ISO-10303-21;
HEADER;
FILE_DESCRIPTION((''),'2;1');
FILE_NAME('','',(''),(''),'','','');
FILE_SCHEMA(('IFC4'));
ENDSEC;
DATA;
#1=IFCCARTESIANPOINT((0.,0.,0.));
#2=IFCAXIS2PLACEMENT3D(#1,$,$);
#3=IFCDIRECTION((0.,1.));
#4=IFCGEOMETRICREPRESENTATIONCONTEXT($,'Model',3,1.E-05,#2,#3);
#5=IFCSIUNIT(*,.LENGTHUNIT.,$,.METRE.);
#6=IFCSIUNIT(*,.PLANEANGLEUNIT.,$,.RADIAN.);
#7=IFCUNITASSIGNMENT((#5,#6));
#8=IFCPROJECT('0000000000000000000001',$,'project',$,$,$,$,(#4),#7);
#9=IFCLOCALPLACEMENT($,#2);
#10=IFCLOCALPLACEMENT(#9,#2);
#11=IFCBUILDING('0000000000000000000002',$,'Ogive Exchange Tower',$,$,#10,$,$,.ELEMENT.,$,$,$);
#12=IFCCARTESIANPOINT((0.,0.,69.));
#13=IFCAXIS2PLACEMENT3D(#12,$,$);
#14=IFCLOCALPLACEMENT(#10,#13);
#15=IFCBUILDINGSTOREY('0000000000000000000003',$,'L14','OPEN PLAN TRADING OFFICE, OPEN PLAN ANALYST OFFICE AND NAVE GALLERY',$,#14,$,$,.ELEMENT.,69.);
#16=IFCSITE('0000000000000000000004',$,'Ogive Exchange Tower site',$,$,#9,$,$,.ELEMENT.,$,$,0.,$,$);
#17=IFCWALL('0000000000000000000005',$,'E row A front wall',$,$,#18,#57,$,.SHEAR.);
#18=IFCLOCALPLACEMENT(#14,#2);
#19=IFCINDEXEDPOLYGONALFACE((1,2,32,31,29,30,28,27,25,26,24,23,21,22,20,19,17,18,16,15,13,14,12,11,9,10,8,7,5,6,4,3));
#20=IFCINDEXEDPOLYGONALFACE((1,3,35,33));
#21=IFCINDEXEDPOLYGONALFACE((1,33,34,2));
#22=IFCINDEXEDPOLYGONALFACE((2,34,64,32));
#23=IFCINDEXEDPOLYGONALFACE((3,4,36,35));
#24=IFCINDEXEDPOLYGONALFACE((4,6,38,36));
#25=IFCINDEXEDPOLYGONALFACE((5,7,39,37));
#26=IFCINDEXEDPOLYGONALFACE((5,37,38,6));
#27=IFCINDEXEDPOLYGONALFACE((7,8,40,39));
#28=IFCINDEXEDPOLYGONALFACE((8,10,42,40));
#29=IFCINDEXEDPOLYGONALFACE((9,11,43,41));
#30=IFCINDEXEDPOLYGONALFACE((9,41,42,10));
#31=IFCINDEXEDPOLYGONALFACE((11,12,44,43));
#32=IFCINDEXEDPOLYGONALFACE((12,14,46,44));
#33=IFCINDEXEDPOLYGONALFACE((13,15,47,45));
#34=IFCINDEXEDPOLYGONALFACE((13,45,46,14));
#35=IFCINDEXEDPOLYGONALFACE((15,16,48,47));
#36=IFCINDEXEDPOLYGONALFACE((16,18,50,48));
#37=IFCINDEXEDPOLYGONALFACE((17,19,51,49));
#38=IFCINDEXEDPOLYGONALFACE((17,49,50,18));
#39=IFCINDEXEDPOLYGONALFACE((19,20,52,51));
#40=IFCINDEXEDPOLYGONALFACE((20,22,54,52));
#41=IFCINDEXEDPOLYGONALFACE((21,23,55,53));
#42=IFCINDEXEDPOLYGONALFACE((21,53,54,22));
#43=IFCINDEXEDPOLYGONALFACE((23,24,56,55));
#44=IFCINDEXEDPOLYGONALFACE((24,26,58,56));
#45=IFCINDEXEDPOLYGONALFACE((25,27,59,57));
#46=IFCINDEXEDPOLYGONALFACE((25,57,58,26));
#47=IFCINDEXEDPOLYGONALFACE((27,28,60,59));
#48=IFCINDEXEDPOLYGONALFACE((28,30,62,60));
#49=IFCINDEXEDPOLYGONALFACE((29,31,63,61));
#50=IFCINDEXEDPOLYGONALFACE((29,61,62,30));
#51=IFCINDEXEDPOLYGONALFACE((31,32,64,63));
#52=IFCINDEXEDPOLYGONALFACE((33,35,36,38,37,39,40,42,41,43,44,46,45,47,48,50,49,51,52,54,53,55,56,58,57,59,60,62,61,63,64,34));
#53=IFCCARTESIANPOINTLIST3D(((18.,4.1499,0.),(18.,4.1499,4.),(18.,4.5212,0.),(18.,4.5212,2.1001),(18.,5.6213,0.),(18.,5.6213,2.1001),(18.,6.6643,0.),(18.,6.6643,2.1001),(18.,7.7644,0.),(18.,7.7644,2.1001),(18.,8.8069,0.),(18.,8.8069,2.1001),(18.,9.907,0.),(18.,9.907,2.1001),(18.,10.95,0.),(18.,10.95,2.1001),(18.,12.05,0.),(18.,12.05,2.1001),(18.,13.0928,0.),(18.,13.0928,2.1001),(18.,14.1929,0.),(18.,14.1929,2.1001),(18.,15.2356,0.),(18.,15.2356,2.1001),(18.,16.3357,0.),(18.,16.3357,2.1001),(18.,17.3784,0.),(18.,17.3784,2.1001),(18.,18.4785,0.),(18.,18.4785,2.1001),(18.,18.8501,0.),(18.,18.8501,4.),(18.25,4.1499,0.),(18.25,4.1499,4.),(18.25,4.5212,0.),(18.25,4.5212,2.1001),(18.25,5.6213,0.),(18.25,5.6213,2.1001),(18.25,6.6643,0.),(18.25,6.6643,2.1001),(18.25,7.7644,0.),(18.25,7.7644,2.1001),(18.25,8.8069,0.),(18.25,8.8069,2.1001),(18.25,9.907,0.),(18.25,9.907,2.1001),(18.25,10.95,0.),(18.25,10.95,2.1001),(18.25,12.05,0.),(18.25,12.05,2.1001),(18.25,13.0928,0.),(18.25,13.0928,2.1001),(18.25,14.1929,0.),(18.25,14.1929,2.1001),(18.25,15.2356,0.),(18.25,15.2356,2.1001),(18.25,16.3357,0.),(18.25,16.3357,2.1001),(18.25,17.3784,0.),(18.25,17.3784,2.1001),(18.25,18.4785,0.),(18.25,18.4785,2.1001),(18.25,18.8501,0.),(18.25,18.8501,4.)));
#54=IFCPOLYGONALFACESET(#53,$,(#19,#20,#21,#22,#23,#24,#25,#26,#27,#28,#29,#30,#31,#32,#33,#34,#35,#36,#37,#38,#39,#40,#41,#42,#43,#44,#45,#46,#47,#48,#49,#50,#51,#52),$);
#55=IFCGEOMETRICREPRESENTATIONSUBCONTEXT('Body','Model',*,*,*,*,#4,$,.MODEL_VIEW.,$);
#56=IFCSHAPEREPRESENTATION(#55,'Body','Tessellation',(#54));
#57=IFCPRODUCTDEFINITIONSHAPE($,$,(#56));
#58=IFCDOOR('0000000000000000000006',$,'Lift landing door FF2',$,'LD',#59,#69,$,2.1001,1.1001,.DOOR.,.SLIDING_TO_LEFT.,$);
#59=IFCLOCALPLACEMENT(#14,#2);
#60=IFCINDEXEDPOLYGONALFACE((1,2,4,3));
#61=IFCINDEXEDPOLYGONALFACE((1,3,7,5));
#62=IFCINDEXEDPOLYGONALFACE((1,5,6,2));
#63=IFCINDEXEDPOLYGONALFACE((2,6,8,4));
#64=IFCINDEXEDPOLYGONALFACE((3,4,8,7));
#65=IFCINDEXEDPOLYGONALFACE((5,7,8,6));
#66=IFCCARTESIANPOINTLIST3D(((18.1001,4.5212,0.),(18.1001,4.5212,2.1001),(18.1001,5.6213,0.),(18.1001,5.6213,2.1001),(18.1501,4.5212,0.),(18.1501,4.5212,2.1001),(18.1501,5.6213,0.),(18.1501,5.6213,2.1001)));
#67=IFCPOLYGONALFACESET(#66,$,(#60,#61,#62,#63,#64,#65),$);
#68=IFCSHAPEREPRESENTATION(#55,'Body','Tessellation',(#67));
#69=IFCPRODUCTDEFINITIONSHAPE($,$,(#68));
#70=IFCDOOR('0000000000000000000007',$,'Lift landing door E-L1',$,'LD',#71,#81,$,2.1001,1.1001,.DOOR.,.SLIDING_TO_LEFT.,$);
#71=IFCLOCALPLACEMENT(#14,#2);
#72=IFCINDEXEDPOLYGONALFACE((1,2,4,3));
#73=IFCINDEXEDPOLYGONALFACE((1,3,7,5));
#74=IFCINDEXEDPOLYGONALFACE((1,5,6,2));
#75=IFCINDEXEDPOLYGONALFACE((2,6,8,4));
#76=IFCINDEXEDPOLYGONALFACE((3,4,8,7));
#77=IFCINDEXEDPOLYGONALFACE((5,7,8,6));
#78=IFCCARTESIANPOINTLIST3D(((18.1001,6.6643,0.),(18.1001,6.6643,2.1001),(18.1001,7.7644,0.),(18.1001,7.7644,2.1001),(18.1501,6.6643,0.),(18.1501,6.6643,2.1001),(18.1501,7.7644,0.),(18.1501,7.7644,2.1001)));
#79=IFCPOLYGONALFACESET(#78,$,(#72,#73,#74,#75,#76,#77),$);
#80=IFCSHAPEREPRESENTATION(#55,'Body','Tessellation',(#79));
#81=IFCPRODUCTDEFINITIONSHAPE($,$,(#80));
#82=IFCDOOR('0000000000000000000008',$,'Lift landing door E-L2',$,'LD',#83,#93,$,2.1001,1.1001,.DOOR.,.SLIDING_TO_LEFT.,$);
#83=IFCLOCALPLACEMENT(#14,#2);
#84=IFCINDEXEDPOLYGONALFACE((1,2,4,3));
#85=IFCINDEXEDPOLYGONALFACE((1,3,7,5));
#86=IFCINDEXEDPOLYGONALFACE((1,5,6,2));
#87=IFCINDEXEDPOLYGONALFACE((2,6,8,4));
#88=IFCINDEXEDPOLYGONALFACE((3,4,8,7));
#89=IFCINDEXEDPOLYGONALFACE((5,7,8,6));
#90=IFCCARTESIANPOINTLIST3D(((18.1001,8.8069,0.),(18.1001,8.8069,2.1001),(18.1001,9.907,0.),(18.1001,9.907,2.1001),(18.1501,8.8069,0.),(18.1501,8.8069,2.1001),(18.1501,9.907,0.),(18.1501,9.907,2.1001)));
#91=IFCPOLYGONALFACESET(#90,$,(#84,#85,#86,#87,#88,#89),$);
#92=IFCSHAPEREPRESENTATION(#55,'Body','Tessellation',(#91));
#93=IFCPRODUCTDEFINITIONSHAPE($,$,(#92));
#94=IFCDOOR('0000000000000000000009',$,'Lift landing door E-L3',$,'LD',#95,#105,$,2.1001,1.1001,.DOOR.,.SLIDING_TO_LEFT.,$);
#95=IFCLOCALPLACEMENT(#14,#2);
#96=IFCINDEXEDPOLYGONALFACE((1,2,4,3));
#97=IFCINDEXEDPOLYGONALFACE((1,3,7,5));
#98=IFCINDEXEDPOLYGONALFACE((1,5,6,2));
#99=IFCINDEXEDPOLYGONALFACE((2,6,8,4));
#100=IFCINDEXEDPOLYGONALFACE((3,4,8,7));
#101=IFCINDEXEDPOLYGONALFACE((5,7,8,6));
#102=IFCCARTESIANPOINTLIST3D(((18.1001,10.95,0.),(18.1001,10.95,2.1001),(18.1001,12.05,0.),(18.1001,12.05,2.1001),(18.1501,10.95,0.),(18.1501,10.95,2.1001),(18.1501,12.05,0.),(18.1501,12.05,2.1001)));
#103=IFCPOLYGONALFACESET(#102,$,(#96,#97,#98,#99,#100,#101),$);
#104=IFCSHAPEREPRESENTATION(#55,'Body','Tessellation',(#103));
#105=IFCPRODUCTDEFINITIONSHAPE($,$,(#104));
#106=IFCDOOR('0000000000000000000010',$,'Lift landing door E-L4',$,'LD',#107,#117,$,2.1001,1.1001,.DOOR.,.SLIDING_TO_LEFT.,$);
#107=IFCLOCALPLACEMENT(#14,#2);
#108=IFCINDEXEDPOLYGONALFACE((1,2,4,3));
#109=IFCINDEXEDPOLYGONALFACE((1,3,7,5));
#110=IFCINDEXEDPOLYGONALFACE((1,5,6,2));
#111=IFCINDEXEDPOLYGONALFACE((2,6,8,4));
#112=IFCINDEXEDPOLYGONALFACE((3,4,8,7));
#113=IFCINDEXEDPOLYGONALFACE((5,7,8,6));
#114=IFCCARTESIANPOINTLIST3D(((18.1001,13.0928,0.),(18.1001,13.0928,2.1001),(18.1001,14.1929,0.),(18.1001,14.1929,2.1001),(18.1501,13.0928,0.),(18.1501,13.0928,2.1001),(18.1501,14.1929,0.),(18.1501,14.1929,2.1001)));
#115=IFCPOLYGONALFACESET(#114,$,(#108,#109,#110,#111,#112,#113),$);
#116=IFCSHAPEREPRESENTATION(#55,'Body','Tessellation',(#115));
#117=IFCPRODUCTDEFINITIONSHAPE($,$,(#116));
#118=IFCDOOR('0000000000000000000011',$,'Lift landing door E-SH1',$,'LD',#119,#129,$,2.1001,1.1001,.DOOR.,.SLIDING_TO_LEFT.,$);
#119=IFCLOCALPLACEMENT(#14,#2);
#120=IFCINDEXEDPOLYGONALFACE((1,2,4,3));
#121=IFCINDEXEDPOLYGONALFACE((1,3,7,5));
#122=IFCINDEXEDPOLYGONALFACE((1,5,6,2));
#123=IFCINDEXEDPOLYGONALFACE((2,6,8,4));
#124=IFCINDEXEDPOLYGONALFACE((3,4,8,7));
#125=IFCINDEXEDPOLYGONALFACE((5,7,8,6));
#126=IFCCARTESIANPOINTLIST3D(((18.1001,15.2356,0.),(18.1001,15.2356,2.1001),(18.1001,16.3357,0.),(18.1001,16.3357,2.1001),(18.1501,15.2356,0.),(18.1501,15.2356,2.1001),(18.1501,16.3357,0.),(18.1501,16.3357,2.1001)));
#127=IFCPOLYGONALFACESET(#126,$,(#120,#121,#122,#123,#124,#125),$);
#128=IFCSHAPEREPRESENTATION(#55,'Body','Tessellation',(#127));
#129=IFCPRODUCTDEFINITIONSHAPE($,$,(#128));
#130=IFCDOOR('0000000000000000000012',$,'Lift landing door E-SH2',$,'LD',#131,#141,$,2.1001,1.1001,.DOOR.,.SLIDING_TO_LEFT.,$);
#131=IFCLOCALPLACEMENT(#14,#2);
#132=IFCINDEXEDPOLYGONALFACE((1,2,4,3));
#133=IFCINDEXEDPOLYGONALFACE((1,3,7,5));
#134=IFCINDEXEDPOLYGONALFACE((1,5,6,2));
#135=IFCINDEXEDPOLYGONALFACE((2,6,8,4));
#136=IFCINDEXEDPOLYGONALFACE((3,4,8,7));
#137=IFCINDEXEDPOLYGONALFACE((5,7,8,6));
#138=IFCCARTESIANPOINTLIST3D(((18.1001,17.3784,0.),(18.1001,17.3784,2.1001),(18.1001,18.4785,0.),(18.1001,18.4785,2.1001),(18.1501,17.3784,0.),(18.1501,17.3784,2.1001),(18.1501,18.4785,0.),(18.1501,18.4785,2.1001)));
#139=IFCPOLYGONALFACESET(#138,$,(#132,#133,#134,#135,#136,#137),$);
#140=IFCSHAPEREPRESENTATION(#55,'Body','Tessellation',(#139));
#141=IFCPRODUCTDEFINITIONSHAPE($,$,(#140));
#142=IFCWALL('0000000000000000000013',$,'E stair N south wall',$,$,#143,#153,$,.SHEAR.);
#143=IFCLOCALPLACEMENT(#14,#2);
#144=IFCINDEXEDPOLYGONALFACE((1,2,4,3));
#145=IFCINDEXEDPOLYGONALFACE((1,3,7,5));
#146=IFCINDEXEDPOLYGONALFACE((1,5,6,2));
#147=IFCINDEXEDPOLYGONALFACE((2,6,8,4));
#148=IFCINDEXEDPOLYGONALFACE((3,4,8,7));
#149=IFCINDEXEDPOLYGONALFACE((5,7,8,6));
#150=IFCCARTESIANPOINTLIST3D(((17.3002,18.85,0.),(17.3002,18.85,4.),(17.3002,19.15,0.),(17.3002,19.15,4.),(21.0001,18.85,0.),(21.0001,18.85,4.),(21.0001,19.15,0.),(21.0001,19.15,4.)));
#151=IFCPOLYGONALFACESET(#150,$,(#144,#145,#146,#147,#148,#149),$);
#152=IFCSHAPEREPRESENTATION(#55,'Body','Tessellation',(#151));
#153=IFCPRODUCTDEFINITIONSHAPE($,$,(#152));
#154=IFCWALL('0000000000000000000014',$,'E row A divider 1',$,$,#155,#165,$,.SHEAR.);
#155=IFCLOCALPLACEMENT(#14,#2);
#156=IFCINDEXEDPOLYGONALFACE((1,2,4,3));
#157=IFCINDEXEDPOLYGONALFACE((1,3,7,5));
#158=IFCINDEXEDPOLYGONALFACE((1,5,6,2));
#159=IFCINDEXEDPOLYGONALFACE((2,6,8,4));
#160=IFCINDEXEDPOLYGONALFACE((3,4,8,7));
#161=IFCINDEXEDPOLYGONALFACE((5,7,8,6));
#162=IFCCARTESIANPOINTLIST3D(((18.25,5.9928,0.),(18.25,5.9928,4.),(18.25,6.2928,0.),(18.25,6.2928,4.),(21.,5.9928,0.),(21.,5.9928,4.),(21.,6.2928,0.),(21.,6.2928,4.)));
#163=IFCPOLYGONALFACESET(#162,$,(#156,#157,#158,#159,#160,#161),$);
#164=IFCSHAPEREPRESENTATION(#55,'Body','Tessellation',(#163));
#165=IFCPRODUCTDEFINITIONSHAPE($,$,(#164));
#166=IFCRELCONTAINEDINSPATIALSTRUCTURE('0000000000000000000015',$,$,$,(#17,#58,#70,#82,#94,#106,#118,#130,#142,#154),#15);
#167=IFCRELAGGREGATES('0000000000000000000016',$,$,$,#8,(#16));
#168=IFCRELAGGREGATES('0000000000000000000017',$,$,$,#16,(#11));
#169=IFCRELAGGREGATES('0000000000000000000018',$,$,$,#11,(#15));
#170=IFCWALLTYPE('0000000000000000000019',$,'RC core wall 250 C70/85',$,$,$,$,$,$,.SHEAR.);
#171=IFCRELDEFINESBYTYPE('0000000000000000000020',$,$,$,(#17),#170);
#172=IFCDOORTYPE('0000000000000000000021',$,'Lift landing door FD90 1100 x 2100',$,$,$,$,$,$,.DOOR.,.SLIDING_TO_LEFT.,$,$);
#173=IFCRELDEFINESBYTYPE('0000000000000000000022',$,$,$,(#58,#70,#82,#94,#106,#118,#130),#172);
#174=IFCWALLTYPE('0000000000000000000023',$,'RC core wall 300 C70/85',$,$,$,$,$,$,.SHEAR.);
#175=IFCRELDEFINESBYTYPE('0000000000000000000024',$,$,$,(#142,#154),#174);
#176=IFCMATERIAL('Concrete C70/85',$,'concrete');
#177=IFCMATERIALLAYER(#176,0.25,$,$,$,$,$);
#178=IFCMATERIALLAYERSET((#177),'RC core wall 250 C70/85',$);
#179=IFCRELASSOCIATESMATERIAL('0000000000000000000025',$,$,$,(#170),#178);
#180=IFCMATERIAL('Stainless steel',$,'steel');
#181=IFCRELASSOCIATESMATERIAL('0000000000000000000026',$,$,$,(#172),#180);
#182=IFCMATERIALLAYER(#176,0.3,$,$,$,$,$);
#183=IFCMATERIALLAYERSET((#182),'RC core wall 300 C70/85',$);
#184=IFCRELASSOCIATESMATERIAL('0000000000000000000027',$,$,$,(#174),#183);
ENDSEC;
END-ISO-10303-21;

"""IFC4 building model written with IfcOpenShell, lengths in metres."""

from ifc_helpers import new_model, si_unit, direction, frame, frame_2d, origin, place, context, subcontext, project, spatial, rectangle, extrude, material, layer, layer_set, type_object, element, fill, save


model = new_model("IFC4")

# Units and contexts
model_context = context("Model", 3, precision=1e-05, world=origin(), true_north=direction((0.0, 1.0)))
body_context = subcontext(model_context, "Body", "Model", "MODEL_VIEW")
ifc_project = project(units=[si_unit("LENGTHUNIT", "METRE"), si_unit("PLANEANGLEUNIT", "RADIAN")], contexts=[model_context])

# Site, building, storey
site_placement = place(None, origin())
site = spatial("IfcSite", under=ifc_project, at=site_placement, Name="Ogive Exchange Tower site", CompositionType="ELEMENT", RefElevation=0.0)
building_placement = place(site_placement, origin())
building = spatial("IfcBuilding", under=site, at=building_placement, Name="Ogive Exchange Tower", CompositionType="ELEMENT")
storey_placement = place(building_placement, frame((0.0, 0.0, 69.0)))
storey = spatial("IfcBuildingStorey", under=building, at=storey_placement, Name="L14", Description="OPEN PLAN TRADING OFFICE, OPEN PLAN ANALYST OFFICE AND NAVE GALLERY", CompositionType="ELEMENT", Elevation=69.0)

# Shared definitions
ifc_material_1 = material(Name="Concrete C70/85", Category="concrete")
ifc_layer_1 = layer(ifc_material_1, 0.25)
ifc_layer_set_1 = layer_set([ifc_layer_1], Name="RC core wall 250 C70/85")
wall_type_1 = type_object("IfcWallType", Name="RC core wall 250 C70/85", PredefinedType="SHEAR", material=ifc_layer_set_1)

# Wall, openings, doors
wall_1_placement = place(storey_placement, frame((18.125, 4.1499, 0.0), z_axis=(0.0, 0.0, 1.0), x_axis=(0.0, 1.0, 0.0)))
wall_1 = element("IfcWall", 1, at=wall_1_placement, inside=storey, type_object=wall_type_1, Name="E row A front wall", PredefinedType="SHEAR", context=body_context, shape_type="SweptSolid", body=[
    extrude(rectangle(XDim=14.7002, YDim=0.25, at=frame_2d((7.3501, 0.0))), origin(), (0.0, 0.0, 1.0), 4.0),
])
opening_1_placement = place(wall_1_placement, frame((0.3713, 0.0, 0.0)))
opening_1 = element("IfcOpeningElement", 2, at=opening_1_placement, cuts=wall_1, PredefinedType="OPENING", context=body_context, shape_type="SweptSolid", body=[
    extrude(rectangle(XDim=1.1001, YDim=2.1001, at=frame_2d((0.55, 1.05))), frame((0.0, 0.135, 0.0), z_axis=(0.0, -1.0, 0.0), x_axis=(1.0, 0.0, 0.0)), (0.0, 0.0, 1.0), 0.27),
])
opening_2_placement = place(wall_1_placement, frame((2.5144, 0.0, 0.0)))
opening_2 = element("IfcOpeningElement", 3, at=opening_2_placement, cuts=wall_1, PredefinedType="OPENING", context=body_context, shape_type="SweptSolid", body=[
    extrude(rectangle(XDim=1.1001, YDim=2.1001, at=frame_2d((0.55, 1.05))), frame((0.0, 0.135, 0.0), z_axis=(0.0, -1.0, 0.0), x_axis=(1.0, 0.0, 0.0)), (0.0, 0.0, 1.0), 0.27),
])
opening_3_placement = place(wall_1_placement, frame((4.657, 0.0, 0.0)))
opening_3 = element("IfcOpeningElement", 4, at=opening_3_placement, cuts=wall_1, PredefinedType="OPENING", context=body_context, shape_type="SweptSolid", body=[
    extrude(rectangle(XDim=1.1001, YDim=2.1001, at=frame_2d((0.55, 1.05))), frame((0.0, 0.135, 0.0), z_axis=(0.0, -1.0, 0.0), x_axis=(1.0, 0.0, 0.0)), (0.0, 0.0, 1.0), 0.27),
])
opening_4_placement = place(wall_1_placement, frame((6.8, 0.0, 0.0)))
opening_4 = element("IfcOpeningElement", 5, at=opening_4_placement, cuts=wall_1, PredefinedType="OPENING", context=body_context, shape_type="SweptSolid", body=[
    extrude(rectangle(XDim=1.1001, YDim=2.1001, at=frame_2d((0.55, 1.05))), frame((0.0, 0.135, 0.0), z_axis=(0.0, -1.0, 0.0), x_axis=(1.0, 0.0, 0.0)), (0.0, 0.0, 1.0), 0.27),
])
opening_5_placement = place(wall_1_placement, frame((8.9429, 0.0, 0.0)))
opening_5 = element("IfcOpeningElement", 6, at=opening_5_placement, cuts=wall_1, PredefinedType="OPENING", context=body_context, shape_type="SweptSolid", body=[
    extrude(rectangle(XDim=1.1001, YDim=2.1001, at=frame_2d((0.55, 1.05))), frame((0.0, 0.135, 0.0), z_axis=(0.0, -1.0, 0.0), x_axis=(1.0, 0.0, 0.0)), (0.0, 0.0, 1.0), 0.27),
])
opening_6_placement = place(wall_1_placement, frame((11.0857, 0.0, 0.0)))
opening_6 = element("IfcOpeningElement", 7, at=opening_6_placement, cuts=wall_1, PredefinedType="OPENING", context=body_context, shape_type="SweptSolid", body=[
    extrude(rectangle(XDim=1.1001, YDim=2.1001, at=frame_2d((0.55, 1.05))), frame((0.0, 0.135, 0.0), z_axis=(0.0, -1.0, 0.0), x_axis=(1.0, 0.0, 0.0)), (0.0, 0.0, 1.0), 0.27),
])
opening_7_placement = place(wall_1_placement, frame((13.2285, 0.0, 0.0)))
opening_7 = element("IfcOpeningElement", 8, at=opening_7_placement, cuts=wall_1, PredefinedType="OPENING", context=body_context, shape_type="SweptSolid", body=[
    extrude(rectangle(XDim=1.1001, YDim=2.1001, at=frame_2d((0.55, 1.05))), frame((0.0, 0.135, 0.0), z_axis=(0.0, -1.0, 0.0), x_axis=(1.0, 0.0, 0.0)), (0.0, 0.0, 1.0), 0.27),
])
ifc_material_2 = material(Name="Stainless steel", Category="steel")
door_type_1 = type_object("IfcDoorType", Name="Lift landing door FD90 1100 x 2100", OperationType="SLIDING_TO_LEFT", PredefinedType="DOOR", material=ifc_material_2)
door_1_placement = place(opening_1_placement, origin())
door_1 = element("IfcDoor", 9, at=door_1_placement, inside=storey, type_object=door_type_1, Name="Lift landing door FF2", ObjectType="LD", OperationType="SLIDING_TO_LEFT", OverallHeight=2.1001, OverallWidth=1.1001, PredefinedType="DOOR", context=body_context, shape_type="SweptSolid", body=[
    extrude(rectangle(XDim=1.1001, YDim=2.1001, at=frame_2d((0.55, 1.05))), frame((0.0, 0.0249, 0.0), z_axis=(0.0, -1.0, 0.0), x_axis=(1.0, 0.0, 0.0)), (0.0, 0.0, 1.0), 0.05),
])
fill(opening_1, door_1)
door_2_placement = place(opening_2_placement, origin())
door_2 = element("IfcDoor", 10, at=door_2_placement, inside=storey, type_object=door_type_1, Name="Lift landing door E-L1", ObjectType="LD", OperationType="SLIDING_TO_LEFT", OverallHeight=2.1001, OverallWidth=1.1001, PredefinedType="DOOR", context=body_context, shape_type="SweptSolid", body=[
    extrude(rectangle(XDim=1.1001, YDim=2.1001, at=frame_2d((0.55, 1.05))), frame((0.0, 0.0249, 0.0), z_axis=(0.0, -1.0, 0.0), x_axis=(1.0, 0.0, 0.0)), (0.0, 0.0, 1.0), 0.05),
])
fill(opening_2, door_2)
door_3_placement = place(opening_3_placement, origin())
door_3 = element("IfcDoor", 11, at=door_3_placement, inside=storey, type_object=door_type_1, Name="Lift landing door E-L2", ObjectType="LD", OperationType="SLIDING_TO_LEFT", OverallHeight=2.1001, OverallWidth=1.1001, PredefinedType="DOOR", context=body_context, shape_type="SweptSolid", body=[
    extrude(rectangle(XDim=1.1001, YDim=2.1001, at=frame_2d((0.55, 1.05))), frame((0.0, 0.0249, 0.0), z_axis=(0.0, -1.0, 0.0), x_axis=(1.0, 0.0, 0.0)), (0.0, 0.0, 1.0), 0.05),
])
fill(opening_3, door_3)
door_4_placement = place(opening_4_placement, origin())
door_4 = element("IfcDoor", 12, at=door_4_placement, inside=storey, type_object=door_type_1, Name="Lift landing door E-L3", ObjectType="LD", OperationType="SLIDING_TO_LEFT", OverallHeight=2.1001, OverallWidth=1.1001, PredefinedType="DOOR", context=body_context, shape_type="SweptSolid", body=[
    extrude(rectangle(XDim=1.1001, YDim=2.1001, at=frame_2d((0.55, 1.05))), frame((0.0, 0.0249, 0.0), z_axis=(0.0, -1.0, 0.0), x_axis=(1.0, 0.0, 0.0)), (0.0, 0.0, 1.0), 0.05),
])
fill(opening_4, door_4)
door_5_placement = place(opening_5_placement, origin())
door_5 = element("IfcDoor", 13, at=door_5_placement, inside=storey, type_object=door_type_1, Name="Lift landing door E-L4", ObjectType="LD", OperationType="SLIDING_TO_LEFT", OverallHeight=2.1001, OverallWidth=1.1001, PredefinedType="DOOR", context=body_context, shape_type="SweptSolid", body=[
    extrude(rectangle(XDim=1.1001, YDim=2.1001, at=frame_2d((0.55, 1.05))), frame((0.0, 0.0249, 0.0), z_axis=(0.0, -1.0, 0.0), x_axis=(1.0, 0.0, 0.0)), (0.0, 0.0, 1.0), 0.05),
])
fill(opening_5, door_5)
door_6_placement = place(opening_6_placement, origin())
door_6 = element("IfcDoor", 14, at=door_6_placement, inside=storey, type_object=door_type_1, Name="Lift landing door E-SH1", ObjectType="LD", OperationType="SLIDING_TO_LEFT", OverallHeight=2.1001, OverallWidth=1.1001, PredefinedType="DOOR", context=body_context, shape_type="SweptSolid", body=[
    extrude(rectangle(XDim=1.1001, YDim=2.1001, at=frame_2d((0.55, 1.05))), frame((0.0, 0.0249, 0.0), z_axis=(0.0, -1.0, 0.0), x_axis=(1.0, 0.0, 0.0)), (0.0, 0.0, 1.0), 0.05),
])
fill(opening_6, door_6)
door_7_placement = place(opening_7_placement, origin())
door_7 = element("IfcDoor", 15, at=door_7_placement, inside=storey, type_object=door_type_1, Name="Lift landing door E-SH2", ObjectType="LD", OperationType="SLIDING_TO_LEFT", OverallHeight=2.1001, OverallWidth=1.1001, PredefinedType="DOOR", context=body_context, shape_type="SweptSolid", body=[
    extrude(rectangle(XDim=1.1001, YDim=2.1001, at=frame_2d((0.55, 1.05))), frame((0.0, 0.0249, 0.0), z_axis=(0.0, -1.0, 0.0), x_axis=(1.0, 0.0, 0.0)), (0.0, 0.0, 1.0), 0.05),
])
fill(opening_7, door_7)

# Walls
ifc_layer_2 = layer(ifc_material_1, 0.3)
ifc_layer_set_2 = layer_set([ifc_layer_2], Name="RC core wall 300 C70/85")
wall_type_2 = type_object("IfcWallType", Name="RC core wall 300 C70/85", PredefinedType="SHEAR", material=ifc_layer_set_2)
wall_2_placement = place(storey_placement, frame((17.3, 19.0, 0.0), z_axis=(0.0, 0.0, 1.0), x_axis=(1.0, 0.0, 0.0)))
element("IfcWall", 16, at=wall_2_placement, inside=storey, type_object=wall_type_2, Name="E stair N south wall", PredefinedType="SHEAR", context=body_context, shape_type="SweptSolid", body=[
    extrude(rectangle(XDim=3.7, YDim=0.3, at=frame_2d((1.8501, 0.0))), origin(), (0.0, 0.0, 1.0), 4.0),
])
for number, where, z_axis, x_axis, name in (
    (17, (18.25, 6.1428, 0.0), (0.0, 0.0, 1.0), (1.0, 0.0, 0.0), "E row A divider 1"),
):
    element("IfcWall", number, at=place(storey_placement, frame(where, z_axis=z_axis, x_axis=x_axis)), inside=storey, type_object=wall_type_2, Name=name, PredefinedType="SHEAR", context=body_context, shape_type="SweptSolid", body=[
        extrude(rectangle(XDim=2.75, YDim=0.3, at=frame_2d((1.375, 0.0))), origin(), (0.0, 0.0, 1.0), 4.0),
    ])

save(model, "model.ifc")
